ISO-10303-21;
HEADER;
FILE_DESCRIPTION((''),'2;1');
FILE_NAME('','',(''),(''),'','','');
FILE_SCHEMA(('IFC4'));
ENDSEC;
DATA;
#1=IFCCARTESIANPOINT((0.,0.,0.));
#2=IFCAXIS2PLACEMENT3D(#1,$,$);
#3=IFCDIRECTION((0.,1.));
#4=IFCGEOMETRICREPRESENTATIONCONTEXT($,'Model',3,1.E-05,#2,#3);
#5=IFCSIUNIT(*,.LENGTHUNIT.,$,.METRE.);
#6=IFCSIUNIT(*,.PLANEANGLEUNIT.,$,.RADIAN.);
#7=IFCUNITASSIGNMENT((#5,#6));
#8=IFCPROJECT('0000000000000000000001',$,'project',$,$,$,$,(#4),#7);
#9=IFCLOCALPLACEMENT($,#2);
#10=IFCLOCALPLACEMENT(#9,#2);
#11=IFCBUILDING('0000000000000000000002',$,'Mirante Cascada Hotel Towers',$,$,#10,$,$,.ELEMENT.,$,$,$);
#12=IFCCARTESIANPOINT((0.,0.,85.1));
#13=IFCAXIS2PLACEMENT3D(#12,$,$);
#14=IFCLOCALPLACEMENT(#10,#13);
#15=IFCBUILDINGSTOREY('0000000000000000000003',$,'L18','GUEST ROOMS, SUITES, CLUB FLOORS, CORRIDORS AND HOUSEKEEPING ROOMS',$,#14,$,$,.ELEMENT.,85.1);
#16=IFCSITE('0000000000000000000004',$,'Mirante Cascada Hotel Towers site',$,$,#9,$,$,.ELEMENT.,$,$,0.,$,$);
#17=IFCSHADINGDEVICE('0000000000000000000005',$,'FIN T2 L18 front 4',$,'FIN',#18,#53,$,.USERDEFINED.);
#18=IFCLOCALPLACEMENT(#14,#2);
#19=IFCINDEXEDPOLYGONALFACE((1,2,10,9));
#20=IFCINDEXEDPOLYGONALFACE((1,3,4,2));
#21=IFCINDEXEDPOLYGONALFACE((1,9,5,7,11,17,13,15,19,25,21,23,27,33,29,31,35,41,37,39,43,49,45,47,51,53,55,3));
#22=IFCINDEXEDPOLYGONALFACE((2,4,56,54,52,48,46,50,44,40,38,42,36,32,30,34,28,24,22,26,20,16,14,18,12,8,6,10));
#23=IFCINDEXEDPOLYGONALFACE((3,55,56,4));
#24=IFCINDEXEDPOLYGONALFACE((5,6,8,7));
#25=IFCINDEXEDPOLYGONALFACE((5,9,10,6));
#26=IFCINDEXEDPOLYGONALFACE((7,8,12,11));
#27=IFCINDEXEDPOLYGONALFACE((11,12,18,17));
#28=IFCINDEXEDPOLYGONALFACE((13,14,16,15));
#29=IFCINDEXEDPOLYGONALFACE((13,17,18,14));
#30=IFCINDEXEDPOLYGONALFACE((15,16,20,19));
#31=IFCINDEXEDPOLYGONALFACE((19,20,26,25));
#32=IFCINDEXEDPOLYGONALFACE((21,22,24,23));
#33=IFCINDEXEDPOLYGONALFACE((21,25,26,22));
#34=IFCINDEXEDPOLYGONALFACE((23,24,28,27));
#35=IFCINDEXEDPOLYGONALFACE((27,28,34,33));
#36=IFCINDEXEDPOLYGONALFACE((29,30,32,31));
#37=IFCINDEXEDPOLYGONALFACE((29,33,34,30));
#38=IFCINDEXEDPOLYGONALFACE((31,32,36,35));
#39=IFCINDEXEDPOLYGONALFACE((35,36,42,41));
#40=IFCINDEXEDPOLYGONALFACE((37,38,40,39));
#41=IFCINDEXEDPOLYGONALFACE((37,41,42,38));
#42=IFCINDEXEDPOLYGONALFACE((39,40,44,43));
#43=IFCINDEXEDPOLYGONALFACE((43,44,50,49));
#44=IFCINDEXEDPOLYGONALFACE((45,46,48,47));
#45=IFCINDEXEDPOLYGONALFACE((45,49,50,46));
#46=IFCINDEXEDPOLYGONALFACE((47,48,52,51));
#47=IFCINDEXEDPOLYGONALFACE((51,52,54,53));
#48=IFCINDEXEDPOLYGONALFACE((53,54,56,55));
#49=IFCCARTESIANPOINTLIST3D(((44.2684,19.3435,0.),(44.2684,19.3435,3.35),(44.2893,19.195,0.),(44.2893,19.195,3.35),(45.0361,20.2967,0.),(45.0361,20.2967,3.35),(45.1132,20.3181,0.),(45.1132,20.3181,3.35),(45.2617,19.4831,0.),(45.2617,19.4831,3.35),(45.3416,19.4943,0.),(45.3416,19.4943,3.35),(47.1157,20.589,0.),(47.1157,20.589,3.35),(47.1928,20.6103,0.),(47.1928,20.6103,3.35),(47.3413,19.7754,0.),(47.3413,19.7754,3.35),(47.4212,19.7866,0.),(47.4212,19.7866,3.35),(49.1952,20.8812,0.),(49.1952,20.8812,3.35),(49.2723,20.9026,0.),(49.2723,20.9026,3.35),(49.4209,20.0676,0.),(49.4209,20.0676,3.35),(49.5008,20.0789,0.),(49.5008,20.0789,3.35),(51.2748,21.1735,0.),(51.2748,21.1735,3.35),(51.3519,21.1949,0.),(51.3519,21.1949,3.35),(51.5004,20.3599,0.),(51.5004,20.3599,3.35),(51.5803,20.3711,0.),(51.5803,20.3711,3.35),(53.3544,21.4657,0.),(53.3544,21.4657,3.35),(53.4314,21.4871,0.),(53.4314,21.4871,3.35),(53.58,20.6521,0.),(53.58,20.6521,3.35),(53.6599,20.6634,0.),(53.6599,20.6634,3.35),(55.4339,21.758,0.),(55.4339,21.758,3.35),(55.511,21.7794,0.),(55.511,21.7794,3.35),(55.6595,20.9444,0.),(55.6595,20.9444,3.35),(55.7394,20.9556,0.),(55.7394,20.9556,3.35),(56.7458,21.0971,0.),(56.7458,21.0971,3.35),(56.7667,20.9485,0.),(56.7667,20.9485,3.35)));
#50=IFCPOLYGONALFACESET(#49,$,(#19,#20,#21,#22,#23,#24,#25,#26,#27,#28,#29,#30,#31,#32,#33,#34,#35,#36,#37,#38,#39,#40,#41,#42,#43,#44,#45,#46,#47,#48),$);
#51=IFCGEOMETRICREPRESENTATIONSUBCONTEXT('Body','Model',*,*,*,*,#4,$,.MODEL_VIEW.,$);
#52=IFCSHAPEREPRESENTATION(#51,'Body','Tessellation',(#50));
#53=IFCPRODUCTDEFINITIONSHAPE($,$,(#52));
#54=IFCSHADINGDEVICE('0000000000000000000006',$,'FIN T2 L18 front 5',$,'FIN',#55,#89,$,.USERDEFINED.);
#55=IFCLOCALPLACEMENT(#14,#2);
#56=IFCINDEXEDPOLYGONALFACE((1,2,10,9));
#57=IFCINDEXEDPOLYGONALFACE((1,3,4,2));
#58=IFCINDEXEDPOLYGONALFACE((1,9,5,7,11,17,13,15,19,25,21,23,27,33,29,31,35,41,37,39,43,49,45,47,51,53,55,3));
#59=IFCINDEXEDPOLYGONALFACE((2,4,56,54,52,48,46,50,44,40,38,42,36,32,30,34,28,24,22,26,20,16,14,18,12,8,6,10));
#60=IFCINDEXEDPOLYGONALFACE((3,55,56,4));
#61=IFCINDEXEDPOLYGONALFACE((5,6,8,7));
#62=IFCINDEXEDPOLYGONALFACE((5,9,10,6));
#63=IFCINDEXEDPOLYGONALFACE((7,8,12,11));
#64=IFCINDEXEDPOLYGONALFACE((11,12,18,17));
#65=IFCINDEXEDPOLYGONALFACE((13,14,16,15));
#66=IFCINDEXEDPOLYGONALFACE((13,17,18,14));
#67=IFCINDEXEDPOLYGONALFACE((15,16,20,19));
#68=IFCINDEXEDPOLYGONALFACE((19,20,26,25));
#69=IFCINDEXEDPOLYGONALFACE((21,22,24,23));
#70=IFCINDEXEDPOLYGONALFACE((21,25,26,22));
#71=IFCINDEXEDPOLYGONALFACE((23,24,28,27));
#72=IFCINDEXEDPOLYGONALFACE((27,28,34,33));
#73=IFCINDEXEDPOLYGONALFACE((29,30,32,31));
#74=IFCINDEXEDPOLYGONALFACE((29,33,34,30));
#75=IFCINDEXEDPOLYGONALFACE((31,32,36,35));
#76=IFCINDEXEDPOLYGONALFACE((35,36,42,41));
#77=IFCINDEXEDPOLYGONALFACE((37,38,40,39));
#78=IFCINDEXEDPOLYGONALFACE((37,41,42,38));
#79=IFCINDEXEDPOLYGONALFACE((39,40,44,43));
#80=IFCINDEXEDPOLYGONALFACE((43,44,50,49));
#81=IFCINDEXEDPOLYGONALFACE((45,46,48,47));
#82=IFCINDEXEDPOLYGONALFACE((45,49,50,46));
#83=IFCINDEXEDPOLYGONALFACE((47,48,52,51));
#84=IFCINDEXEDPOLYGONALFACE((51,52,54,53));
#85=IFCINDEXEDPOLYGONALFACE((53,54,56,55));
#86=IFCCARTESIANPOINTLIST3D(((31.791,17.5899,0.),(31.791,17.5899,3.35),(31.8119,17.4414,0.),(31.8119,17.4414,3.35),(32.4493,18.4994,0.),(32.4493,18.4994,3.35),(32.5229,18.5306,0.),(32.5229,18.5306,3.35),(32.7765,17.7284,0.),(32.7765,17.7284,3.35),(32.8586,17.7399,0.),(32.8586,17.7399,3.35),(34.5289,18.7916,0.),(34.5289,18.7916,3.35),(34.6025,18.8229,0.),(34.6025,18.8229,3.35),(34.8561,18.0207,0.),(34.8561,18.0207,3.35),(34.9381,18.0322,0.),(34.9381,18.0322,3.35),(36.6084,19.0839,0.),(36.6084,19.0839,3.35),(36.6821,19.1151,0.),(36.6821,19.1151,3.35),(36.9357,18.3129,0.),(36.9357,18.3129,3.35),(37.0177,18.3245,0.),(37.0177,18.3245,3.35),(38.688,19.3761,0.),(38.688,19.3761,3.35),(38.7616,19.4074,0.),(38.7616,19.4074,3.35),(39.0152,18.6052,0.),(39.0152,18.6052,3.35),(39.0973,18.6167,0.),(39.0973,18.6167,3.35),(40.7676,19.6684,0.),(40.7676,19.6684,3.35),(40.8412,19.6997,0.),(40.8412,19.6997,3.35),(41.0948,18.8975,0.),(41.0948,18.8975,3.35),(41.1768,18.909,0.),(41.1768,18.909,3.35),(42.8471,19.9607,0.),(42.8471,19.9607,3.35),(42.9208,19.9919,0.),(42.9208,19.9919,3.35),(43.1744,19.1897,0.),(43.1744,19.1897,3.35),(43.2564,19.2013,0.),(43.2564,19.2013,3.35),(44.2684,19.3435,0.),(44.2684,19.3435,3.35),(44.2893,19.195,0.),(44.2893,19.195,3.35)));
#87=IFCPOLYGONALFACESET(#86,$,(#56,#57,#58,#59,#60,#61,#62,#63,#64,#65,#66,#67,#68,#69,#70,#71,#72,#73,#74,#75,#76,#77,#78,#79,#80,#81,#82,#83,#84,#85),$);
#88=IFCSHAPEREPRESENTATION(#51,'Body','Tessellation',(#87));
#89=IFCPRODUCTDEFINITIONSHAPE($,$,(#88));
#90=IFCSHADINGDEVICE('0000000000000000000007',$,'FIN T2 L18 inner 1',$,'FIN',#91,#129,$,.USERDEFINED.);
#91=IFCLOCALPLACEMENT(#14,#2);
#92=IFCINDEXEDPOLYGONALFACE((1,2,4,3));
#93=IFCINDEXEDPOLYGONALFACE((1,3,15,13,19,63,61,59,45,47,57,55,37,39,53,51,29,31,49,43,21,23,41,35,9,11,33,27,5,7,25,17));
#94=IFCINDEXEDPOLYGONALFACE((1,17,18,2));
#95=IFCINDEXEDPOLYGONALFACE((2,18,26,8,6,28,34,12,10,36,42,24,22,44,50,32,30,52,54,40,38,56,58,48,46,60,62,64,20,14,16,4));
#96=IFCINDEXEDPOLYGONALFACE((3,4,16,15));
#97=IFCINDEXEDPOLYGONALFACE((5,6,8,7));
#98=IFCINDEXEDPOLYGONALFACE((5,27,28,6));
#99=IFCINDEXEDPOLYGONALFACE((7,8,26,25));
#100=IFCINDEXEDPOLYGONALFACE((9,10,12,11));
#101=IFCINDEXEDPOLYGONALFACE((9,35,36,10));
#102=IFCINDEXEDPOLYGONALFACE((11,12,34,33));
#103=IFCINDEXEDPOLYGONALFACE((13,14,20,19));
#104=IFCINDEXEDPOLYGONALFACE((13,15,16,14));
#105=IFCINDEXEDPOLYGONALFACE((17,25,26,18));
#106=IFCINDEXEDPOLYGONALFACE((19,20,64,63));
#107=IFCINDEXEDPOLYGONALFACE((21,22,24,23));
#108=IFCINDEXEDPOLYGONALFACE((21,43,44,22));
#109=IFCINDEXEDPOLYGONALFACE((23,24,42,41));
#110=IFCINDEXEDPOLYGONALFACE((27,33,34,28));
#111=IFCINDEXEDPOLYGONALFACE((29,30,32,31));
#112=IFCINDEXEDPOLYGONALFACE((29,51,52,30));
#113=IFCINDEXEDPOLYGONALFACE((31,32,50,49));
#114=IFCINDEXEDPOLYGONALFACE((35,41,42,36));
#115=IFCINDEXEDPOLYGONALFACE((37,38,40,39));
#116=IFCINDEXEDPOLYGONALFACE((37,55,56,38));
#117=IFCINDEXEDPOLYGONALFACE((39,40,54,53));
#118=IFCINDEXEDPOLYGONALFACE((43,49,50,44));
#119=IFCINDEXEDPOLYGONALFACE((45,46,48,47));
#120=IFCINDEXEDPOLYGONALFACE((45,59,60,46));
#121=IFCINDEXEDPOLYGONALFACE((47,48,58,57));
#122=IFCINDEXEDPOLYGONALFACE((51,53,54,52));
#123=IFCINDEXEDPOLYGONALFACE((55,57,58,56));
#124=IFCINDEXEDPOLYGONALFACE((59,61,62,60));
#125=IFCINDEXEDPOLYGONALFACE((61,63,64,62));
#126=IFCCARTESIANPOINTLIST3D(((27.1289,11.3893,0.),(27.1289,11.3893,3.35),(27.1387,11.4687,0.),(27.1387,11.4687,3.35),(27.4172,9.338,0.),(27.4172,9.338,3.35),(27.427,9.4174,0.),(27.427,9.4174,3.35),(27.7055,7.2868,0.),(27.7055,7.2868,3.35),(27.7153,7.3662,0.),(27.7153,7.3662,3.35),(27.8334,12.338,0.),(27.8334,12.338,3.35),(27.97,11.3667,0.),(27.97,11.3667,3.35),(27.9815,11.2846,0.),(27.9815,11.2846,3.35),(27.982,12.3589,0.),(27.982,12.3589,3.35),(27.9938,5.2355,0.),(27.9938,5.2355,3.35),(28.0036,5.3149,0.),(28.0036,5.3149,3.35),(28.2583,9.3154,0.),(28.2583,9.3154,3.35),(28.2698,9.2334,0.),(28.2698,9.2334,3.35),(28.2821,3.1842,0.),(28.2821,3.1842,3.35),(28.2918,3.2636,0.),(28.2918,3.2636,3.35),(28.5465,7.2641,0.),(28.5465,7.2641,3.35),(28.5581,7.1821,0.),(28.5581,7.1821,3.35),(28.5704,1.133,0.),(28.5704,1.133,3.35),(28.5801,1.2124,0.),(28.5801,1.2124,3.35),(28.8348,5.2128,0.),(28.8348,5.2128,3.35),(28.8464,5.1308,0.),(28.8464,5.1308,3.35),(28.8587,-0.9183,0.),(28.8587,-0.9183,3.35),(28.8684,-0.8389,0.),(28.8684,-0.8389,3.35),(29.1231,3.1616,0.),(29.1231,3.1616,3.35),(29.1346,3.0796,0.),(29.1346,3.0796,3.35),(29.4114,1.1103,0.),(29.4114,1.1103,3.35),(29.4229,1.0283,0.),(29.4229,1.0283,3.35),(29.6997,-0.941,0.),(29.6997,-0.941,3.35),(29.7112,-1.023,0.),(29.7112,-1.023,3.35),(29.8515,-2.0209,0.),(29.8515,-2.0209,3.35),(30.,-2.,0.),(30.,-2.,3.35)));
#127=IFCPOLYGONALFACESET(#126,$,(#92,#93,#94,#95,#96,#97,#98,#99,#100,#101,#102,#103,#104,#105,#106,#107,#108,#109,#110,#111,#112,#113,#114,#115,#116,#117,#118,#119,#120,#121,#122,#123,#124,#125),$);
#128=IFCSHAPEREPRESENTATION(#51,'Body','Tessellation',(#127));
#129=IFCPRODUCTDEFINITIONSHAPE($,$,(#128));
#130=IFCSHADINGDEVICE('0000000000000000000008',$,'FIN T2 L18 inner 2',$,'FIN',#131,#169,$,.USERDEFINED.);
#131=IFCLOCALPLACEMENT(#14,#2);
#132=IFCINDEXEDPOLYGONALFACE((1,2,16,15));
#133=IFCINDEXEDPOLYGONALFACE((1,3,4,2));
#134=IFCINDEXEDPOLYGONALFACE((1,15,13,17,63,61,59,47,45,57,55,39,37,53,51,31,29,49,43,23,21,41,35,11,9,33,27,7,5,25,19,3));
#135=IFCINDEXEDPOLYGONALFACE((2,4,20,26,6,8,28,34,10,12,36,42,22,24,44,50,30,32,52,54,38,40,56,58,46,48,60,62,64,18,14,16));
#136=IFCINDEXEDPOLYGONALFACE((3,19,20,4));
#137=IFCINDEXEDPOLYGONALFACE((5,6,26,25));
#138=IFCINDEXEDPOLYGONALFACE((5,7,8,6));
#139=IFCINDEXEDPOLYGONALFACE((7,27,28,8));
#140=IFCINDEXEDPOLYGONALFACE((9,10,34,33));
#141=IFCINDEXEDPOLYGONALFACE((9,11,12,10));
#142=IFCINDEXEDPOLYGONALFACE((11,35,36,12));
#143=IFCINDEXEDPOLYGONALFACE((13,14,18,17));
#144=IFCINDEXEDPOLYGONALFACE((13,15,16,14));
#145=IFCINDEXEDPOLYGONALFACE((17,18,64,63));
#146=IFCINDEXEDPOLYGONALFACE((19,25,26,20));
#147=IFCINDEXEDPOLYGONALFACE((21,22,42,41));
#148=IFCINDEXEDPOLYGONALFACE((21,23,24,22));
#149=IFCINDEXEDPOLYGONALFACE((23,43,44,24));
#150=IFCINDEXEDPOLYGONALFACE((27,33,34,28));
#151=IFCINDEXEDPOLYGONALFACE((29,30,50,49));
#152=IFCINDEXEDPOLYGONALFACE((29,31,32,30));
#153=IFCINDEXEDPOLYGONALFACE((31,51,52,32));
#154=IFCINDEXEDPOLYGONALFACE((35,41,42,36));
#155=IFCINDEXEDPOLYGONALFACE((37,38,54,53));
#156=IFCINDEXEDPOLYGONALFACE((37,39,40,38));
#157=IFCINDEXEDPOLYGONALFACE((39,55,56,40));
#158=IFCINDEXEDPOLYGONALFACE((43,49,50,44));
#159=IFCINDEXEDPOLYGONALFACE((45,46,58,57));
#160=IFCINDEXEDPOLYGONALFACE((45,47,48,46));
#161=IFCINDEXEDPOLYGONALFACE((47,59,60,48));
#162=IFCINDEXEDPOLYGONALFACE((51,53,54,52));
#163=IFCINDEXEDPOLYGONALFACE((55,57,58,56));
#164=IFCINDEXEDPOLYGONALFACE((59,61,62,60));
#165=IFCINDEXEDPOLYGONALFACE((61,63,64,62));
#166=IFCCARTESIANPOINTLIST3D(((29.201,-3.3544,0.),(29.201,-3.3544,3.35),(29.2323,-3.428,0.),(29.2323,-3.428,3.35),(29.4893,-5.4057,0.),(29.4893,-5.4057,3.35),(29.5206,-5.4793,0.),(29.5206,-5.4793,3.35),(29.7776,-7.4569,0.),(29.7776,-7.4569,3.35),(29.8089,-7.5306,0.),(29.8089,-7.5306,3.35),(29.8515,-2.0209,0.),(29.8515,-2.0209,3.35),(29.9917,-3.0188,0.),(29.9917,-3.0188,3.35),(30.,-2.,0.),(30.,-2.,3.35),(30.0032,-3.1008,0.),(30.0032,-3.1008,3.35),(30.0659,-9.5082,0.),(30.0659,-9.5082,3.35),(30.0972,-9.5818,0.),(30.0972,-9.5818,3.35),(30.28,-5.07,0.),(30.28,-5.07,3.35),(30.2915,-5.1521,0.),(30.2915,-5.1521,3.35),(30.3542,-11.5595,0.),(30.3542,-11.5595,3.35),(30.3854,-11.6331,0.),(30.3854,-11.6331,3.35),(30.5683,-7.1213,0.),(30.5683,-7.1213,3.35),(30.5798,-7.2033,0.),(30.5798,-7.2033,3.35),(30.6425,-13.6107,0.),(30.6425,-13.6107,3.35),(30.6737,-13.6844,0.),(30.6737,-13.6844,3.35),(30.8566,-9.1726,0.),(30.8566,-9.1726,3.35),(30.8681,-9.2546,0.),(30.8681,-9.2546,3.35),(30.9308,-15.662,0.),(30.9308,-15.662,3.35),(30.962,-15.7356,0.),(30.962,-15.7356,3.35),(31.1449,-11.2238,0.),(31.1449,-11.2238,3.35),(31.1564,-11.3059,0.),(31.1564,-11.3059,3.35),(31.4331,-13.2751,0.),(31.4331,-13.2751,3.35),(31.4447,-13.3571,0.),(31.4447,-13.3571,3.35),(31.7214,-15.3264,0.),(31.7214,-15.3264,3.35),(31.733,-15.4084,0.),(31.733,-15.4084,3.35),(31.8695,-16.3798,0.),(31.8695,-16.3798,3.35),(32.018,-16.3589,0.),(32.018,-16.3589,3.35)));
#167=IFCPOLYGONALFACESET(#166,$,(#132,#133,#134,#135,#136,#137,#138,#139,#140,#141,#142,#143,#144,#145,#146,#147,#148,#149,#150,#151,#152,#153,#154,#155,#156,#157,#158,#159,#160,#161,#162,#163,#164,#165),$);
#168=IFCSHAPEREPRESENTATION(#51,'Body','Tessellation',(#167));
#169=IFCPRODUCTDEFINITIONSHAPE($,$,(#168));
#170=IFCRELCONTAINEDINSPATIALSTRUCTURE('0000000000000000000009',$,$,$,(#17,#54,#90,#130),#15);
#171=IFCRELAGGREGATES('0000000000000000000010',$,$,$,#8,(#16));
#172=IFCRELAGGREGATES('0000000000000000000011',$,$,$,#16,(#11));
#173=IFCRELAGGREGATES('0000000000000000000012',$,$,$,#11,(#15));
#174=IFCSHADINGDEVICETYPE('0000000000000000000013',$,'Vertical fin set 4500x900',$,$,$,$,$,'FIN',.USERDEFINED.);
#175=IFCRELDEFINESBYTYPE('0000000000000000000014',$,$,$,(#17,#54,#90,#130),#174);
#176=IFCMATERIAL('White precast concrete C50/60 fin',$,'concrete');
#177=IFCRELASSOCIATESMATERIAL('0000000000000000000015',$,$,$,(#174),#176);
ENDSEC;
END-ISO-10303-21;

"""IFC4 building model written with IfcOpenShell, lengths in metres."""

from ifc_helpers import new_model, si_unit, direction, frame, origin, place, context, subcontext, project, spatial, polyline, outline, extrude, material, type_object, element, save


model = new_model("IFC4")

# Units and contexts
model_context = context("Model", 3, precision=1e-05, world=origin(), true_north=direction((0.0, 1.0)))
body_context = subcontext(model_context, "Body", "Model", "MODEL_VIEW")
ifc_project = project(units=[si_unit("LENGTHUNIT", "METRE"), si_unit("PLANEANGLEUNIT", "RADIAN")], contexts=[model_context])

# Site, building, storey
site_placement = place(None, origin())
site = spatial("IfcSite", under=ifc_project, at=site_placement, Name="Mirante Cascada Hotel Towers site", CompositionType="ELEMENT", RefElevation=0.0)
building_placement = place(site_placement, origin())
building = spatial("IfcBuilding", under=site, at=building_placement, Name="Mirante Cascada Hotel Towers", CompositionType="ELEMENT")
storey_placement = place(building_placement, frame((0.0, 0.0, 85.1)))
storey = spatial("IfcBuildingStorey", under=building, at=storey_placement, Name="L18", Description="GUEST ROOMS, SUITES, CLUB FLOORS, CORRIDORS AND HOUSEKEEPING ROOMS", CompositionType="ELEMENT", Elevation=85.1)

# Shading devices
ifc_material_1 = material(Name="White precast concrete C50/60 fin", Category="concrete")
shading_device_type = type_object("IfcShadingDeviceType", Name="Vertical fin set 4500x900", ElementType="FIN", PredefinedType="USERDEFINED", material=ifc_material_1)
shading_device_1_placement = place(storey_placement, origin())
element("IfcShadingDevice", 1, at=shading_device_1_placement, inside=storey, type_object=shading_device_type, Name="FIN T2 L18 front 4", ObjectType="FIN", PredefinedType="USERDEFINED", context=body_context, shape_type="SweptSolid", body=[
    extrude(outline(polyline([(45.1132, 20.3181), (45.3416, 19.4943), (47.3413, 19.7754), (47.1157, 20.589), (47.1928, 20.6103), (47.4212, 19.7866), (49.4209, 20.0676), (49.1952, 20.8812), (49.2723, 20.9026), (49.5008, 20.0789), (51.5004, 20.3599), (51.2748, 21.1735), (51.3519, 21.1949), (51.5803, 20.3711), (53.58, 20.6521), (53.3544, 21.4657), (53.4314, 21.4871), (53.6599, 20.6634), (55.6595, 20.9444), (55.4339, 21.758), (55.511, 21.7794), (55.7394, 20.9556), (56.7458, 21.0971), (56.7667, 20.9485), (44.2893, 19.195), (44.2684, 19.3435), (45.2617, 19.4831), (45.0361, 20.2967), (45.1132, 20.3181)])), origin(), (0.0, 0.0, 1.0), 3.35),
])
shading_device_2_placement = place(storey_placement, origin())
element("IfcShadingDevice", 2, at=shading_device_2_placement, inside=storey, type_object=shading_device_type, Name="FIN T2 L18 front 5", ObjectType="FIN", PredefinedType="USERDEFINED", context=body_context, shape_type="SweptSolid", body=[
    extrude(outline(polyline([(32.5229, 18.5306), (32.8586, 17.7399), (34.8561, 18.0207), (34.5289, 18.7916), (34.6025, 18.8229), (34.9381, 18.0322), (36.9357, 18.3129), (36.6084, 19.0839), (36.6821, 19.1151), (37.0177, 18.3245), (39.0152, 18.6052), (38.688, 19.3761), (38.7616, 19.4074), (39.0973, 18.6167), (41.0948, 18.8975), (40.7676, 19.6684), (40.8412, 19.6997), (41.1768, 18.909), (43.1744, 19.1897), (42.8471, 19.9607), (42.9208, 19.9919), (43.2564, 19.2013), (44.2684, 19.3435), (44.2893, 19.195), (31.8119, 17.4414), (31.791, 17.5899), (32.7765, 17.7284), (32.4493, 18.4994), (32.5229, 18.5306)])), origin(), (0.0, 0.0, 1.0), 3.35),
])
shading_device_3_placement = place(storey_placement, origin())
element("IfcShadingDevice", 3, at=shading_device_3_placement, inside=storey, type_object=shading_device_type, Name="FIN T2 L18 inner 1", ObjectType="FIN", PredefinedType="USERDEFINED", context=body_context, shape_type="SweptSolid", body=[
    extrude(outline(polyline([(28.8684, -0.8389), (29.6997, -0.941), (29.4229, 1.0283), (28.5704, 1.133), (28.5801, 1.2124), (29.4114, 1.1103), (29.1346, 3.0796), (28.2821, 3.1842), (28.2918, 3.2636), (29.1231, 3.1616), (28.8464, 5.1308), (27.9938, 5.2355), (28.0036, 5.3149), (28.8348, 5.2128), (28.5581, 7.1821), (27.7055, 7.2868), (27.7153, 7.3662), (28.5465, 7.2641), (28.2698, 9.2334), (27.4172, 9.338), (27.427, 9.4174), (28.2583, 9.3154), (27.9815, 11.2846), (27.1289, 11.3893), (27.1387, 11.4687), (27.97, 11.3667), (27.8334, 12.338), (27.982, 12.3589), (30.0, -2.0), (29.8515, -2.0209), (29.7112, -1.023), (28.8587, -0.9183), (28.8684, -0.8389)])), origin(), (0.0, 0.0, 1.0), 3.35),
])
shading_device_4_placement = place(storey_placement, origin())
element("IfcShadingDevice", 4, at=shading_device_4_placement, inside=storey, type_object=shading_device_type, Name="FIN T2 L18 inner 2", ObjectType="FIN", PredefinedType="USERDEFINED", context=body_context, shape_type="SweptSolid", body=[
    extrude(outline(polyline([(30.9308, -15.662), (31.7214, -15.3264), (31.4447, -13.3571), (30.6737, -13.6844), (30.6425, -13.6107), (31.4331, -13.2751), (31.1564, -11.3059), (30.3854, -11.6331), (30.3542, -11.5595), (31.1449, -11.2238), (30.8681, -9.2546), (30.0972, -9.5818), (30.0659, -9.5082), (30.8566, -9.1726), (30.5798, -7.2033), (29.8089, -7.5306), (29.7776, -7.4569), (30.5683, -7.1213), (30.2915, -5.1521), (29.5206, -5.4793), (29.4893, -5.4057), (30.28, -5.07), (30.0032, -3.1008), (29.2323, -3.428), (29.201, -3.3544), (29.9917, -3.0188), (29.8515, -2.0209), (30.0, -2.0), (32.018, -16.3589), (31.8695, -16.3798), (31.733, -15.4084), (30.962, -15.7356), (30.9308, -15.662)])), origin(), (0.0, 0.0, 1.0), 3.35),
])

save(model, "model.ifc")
